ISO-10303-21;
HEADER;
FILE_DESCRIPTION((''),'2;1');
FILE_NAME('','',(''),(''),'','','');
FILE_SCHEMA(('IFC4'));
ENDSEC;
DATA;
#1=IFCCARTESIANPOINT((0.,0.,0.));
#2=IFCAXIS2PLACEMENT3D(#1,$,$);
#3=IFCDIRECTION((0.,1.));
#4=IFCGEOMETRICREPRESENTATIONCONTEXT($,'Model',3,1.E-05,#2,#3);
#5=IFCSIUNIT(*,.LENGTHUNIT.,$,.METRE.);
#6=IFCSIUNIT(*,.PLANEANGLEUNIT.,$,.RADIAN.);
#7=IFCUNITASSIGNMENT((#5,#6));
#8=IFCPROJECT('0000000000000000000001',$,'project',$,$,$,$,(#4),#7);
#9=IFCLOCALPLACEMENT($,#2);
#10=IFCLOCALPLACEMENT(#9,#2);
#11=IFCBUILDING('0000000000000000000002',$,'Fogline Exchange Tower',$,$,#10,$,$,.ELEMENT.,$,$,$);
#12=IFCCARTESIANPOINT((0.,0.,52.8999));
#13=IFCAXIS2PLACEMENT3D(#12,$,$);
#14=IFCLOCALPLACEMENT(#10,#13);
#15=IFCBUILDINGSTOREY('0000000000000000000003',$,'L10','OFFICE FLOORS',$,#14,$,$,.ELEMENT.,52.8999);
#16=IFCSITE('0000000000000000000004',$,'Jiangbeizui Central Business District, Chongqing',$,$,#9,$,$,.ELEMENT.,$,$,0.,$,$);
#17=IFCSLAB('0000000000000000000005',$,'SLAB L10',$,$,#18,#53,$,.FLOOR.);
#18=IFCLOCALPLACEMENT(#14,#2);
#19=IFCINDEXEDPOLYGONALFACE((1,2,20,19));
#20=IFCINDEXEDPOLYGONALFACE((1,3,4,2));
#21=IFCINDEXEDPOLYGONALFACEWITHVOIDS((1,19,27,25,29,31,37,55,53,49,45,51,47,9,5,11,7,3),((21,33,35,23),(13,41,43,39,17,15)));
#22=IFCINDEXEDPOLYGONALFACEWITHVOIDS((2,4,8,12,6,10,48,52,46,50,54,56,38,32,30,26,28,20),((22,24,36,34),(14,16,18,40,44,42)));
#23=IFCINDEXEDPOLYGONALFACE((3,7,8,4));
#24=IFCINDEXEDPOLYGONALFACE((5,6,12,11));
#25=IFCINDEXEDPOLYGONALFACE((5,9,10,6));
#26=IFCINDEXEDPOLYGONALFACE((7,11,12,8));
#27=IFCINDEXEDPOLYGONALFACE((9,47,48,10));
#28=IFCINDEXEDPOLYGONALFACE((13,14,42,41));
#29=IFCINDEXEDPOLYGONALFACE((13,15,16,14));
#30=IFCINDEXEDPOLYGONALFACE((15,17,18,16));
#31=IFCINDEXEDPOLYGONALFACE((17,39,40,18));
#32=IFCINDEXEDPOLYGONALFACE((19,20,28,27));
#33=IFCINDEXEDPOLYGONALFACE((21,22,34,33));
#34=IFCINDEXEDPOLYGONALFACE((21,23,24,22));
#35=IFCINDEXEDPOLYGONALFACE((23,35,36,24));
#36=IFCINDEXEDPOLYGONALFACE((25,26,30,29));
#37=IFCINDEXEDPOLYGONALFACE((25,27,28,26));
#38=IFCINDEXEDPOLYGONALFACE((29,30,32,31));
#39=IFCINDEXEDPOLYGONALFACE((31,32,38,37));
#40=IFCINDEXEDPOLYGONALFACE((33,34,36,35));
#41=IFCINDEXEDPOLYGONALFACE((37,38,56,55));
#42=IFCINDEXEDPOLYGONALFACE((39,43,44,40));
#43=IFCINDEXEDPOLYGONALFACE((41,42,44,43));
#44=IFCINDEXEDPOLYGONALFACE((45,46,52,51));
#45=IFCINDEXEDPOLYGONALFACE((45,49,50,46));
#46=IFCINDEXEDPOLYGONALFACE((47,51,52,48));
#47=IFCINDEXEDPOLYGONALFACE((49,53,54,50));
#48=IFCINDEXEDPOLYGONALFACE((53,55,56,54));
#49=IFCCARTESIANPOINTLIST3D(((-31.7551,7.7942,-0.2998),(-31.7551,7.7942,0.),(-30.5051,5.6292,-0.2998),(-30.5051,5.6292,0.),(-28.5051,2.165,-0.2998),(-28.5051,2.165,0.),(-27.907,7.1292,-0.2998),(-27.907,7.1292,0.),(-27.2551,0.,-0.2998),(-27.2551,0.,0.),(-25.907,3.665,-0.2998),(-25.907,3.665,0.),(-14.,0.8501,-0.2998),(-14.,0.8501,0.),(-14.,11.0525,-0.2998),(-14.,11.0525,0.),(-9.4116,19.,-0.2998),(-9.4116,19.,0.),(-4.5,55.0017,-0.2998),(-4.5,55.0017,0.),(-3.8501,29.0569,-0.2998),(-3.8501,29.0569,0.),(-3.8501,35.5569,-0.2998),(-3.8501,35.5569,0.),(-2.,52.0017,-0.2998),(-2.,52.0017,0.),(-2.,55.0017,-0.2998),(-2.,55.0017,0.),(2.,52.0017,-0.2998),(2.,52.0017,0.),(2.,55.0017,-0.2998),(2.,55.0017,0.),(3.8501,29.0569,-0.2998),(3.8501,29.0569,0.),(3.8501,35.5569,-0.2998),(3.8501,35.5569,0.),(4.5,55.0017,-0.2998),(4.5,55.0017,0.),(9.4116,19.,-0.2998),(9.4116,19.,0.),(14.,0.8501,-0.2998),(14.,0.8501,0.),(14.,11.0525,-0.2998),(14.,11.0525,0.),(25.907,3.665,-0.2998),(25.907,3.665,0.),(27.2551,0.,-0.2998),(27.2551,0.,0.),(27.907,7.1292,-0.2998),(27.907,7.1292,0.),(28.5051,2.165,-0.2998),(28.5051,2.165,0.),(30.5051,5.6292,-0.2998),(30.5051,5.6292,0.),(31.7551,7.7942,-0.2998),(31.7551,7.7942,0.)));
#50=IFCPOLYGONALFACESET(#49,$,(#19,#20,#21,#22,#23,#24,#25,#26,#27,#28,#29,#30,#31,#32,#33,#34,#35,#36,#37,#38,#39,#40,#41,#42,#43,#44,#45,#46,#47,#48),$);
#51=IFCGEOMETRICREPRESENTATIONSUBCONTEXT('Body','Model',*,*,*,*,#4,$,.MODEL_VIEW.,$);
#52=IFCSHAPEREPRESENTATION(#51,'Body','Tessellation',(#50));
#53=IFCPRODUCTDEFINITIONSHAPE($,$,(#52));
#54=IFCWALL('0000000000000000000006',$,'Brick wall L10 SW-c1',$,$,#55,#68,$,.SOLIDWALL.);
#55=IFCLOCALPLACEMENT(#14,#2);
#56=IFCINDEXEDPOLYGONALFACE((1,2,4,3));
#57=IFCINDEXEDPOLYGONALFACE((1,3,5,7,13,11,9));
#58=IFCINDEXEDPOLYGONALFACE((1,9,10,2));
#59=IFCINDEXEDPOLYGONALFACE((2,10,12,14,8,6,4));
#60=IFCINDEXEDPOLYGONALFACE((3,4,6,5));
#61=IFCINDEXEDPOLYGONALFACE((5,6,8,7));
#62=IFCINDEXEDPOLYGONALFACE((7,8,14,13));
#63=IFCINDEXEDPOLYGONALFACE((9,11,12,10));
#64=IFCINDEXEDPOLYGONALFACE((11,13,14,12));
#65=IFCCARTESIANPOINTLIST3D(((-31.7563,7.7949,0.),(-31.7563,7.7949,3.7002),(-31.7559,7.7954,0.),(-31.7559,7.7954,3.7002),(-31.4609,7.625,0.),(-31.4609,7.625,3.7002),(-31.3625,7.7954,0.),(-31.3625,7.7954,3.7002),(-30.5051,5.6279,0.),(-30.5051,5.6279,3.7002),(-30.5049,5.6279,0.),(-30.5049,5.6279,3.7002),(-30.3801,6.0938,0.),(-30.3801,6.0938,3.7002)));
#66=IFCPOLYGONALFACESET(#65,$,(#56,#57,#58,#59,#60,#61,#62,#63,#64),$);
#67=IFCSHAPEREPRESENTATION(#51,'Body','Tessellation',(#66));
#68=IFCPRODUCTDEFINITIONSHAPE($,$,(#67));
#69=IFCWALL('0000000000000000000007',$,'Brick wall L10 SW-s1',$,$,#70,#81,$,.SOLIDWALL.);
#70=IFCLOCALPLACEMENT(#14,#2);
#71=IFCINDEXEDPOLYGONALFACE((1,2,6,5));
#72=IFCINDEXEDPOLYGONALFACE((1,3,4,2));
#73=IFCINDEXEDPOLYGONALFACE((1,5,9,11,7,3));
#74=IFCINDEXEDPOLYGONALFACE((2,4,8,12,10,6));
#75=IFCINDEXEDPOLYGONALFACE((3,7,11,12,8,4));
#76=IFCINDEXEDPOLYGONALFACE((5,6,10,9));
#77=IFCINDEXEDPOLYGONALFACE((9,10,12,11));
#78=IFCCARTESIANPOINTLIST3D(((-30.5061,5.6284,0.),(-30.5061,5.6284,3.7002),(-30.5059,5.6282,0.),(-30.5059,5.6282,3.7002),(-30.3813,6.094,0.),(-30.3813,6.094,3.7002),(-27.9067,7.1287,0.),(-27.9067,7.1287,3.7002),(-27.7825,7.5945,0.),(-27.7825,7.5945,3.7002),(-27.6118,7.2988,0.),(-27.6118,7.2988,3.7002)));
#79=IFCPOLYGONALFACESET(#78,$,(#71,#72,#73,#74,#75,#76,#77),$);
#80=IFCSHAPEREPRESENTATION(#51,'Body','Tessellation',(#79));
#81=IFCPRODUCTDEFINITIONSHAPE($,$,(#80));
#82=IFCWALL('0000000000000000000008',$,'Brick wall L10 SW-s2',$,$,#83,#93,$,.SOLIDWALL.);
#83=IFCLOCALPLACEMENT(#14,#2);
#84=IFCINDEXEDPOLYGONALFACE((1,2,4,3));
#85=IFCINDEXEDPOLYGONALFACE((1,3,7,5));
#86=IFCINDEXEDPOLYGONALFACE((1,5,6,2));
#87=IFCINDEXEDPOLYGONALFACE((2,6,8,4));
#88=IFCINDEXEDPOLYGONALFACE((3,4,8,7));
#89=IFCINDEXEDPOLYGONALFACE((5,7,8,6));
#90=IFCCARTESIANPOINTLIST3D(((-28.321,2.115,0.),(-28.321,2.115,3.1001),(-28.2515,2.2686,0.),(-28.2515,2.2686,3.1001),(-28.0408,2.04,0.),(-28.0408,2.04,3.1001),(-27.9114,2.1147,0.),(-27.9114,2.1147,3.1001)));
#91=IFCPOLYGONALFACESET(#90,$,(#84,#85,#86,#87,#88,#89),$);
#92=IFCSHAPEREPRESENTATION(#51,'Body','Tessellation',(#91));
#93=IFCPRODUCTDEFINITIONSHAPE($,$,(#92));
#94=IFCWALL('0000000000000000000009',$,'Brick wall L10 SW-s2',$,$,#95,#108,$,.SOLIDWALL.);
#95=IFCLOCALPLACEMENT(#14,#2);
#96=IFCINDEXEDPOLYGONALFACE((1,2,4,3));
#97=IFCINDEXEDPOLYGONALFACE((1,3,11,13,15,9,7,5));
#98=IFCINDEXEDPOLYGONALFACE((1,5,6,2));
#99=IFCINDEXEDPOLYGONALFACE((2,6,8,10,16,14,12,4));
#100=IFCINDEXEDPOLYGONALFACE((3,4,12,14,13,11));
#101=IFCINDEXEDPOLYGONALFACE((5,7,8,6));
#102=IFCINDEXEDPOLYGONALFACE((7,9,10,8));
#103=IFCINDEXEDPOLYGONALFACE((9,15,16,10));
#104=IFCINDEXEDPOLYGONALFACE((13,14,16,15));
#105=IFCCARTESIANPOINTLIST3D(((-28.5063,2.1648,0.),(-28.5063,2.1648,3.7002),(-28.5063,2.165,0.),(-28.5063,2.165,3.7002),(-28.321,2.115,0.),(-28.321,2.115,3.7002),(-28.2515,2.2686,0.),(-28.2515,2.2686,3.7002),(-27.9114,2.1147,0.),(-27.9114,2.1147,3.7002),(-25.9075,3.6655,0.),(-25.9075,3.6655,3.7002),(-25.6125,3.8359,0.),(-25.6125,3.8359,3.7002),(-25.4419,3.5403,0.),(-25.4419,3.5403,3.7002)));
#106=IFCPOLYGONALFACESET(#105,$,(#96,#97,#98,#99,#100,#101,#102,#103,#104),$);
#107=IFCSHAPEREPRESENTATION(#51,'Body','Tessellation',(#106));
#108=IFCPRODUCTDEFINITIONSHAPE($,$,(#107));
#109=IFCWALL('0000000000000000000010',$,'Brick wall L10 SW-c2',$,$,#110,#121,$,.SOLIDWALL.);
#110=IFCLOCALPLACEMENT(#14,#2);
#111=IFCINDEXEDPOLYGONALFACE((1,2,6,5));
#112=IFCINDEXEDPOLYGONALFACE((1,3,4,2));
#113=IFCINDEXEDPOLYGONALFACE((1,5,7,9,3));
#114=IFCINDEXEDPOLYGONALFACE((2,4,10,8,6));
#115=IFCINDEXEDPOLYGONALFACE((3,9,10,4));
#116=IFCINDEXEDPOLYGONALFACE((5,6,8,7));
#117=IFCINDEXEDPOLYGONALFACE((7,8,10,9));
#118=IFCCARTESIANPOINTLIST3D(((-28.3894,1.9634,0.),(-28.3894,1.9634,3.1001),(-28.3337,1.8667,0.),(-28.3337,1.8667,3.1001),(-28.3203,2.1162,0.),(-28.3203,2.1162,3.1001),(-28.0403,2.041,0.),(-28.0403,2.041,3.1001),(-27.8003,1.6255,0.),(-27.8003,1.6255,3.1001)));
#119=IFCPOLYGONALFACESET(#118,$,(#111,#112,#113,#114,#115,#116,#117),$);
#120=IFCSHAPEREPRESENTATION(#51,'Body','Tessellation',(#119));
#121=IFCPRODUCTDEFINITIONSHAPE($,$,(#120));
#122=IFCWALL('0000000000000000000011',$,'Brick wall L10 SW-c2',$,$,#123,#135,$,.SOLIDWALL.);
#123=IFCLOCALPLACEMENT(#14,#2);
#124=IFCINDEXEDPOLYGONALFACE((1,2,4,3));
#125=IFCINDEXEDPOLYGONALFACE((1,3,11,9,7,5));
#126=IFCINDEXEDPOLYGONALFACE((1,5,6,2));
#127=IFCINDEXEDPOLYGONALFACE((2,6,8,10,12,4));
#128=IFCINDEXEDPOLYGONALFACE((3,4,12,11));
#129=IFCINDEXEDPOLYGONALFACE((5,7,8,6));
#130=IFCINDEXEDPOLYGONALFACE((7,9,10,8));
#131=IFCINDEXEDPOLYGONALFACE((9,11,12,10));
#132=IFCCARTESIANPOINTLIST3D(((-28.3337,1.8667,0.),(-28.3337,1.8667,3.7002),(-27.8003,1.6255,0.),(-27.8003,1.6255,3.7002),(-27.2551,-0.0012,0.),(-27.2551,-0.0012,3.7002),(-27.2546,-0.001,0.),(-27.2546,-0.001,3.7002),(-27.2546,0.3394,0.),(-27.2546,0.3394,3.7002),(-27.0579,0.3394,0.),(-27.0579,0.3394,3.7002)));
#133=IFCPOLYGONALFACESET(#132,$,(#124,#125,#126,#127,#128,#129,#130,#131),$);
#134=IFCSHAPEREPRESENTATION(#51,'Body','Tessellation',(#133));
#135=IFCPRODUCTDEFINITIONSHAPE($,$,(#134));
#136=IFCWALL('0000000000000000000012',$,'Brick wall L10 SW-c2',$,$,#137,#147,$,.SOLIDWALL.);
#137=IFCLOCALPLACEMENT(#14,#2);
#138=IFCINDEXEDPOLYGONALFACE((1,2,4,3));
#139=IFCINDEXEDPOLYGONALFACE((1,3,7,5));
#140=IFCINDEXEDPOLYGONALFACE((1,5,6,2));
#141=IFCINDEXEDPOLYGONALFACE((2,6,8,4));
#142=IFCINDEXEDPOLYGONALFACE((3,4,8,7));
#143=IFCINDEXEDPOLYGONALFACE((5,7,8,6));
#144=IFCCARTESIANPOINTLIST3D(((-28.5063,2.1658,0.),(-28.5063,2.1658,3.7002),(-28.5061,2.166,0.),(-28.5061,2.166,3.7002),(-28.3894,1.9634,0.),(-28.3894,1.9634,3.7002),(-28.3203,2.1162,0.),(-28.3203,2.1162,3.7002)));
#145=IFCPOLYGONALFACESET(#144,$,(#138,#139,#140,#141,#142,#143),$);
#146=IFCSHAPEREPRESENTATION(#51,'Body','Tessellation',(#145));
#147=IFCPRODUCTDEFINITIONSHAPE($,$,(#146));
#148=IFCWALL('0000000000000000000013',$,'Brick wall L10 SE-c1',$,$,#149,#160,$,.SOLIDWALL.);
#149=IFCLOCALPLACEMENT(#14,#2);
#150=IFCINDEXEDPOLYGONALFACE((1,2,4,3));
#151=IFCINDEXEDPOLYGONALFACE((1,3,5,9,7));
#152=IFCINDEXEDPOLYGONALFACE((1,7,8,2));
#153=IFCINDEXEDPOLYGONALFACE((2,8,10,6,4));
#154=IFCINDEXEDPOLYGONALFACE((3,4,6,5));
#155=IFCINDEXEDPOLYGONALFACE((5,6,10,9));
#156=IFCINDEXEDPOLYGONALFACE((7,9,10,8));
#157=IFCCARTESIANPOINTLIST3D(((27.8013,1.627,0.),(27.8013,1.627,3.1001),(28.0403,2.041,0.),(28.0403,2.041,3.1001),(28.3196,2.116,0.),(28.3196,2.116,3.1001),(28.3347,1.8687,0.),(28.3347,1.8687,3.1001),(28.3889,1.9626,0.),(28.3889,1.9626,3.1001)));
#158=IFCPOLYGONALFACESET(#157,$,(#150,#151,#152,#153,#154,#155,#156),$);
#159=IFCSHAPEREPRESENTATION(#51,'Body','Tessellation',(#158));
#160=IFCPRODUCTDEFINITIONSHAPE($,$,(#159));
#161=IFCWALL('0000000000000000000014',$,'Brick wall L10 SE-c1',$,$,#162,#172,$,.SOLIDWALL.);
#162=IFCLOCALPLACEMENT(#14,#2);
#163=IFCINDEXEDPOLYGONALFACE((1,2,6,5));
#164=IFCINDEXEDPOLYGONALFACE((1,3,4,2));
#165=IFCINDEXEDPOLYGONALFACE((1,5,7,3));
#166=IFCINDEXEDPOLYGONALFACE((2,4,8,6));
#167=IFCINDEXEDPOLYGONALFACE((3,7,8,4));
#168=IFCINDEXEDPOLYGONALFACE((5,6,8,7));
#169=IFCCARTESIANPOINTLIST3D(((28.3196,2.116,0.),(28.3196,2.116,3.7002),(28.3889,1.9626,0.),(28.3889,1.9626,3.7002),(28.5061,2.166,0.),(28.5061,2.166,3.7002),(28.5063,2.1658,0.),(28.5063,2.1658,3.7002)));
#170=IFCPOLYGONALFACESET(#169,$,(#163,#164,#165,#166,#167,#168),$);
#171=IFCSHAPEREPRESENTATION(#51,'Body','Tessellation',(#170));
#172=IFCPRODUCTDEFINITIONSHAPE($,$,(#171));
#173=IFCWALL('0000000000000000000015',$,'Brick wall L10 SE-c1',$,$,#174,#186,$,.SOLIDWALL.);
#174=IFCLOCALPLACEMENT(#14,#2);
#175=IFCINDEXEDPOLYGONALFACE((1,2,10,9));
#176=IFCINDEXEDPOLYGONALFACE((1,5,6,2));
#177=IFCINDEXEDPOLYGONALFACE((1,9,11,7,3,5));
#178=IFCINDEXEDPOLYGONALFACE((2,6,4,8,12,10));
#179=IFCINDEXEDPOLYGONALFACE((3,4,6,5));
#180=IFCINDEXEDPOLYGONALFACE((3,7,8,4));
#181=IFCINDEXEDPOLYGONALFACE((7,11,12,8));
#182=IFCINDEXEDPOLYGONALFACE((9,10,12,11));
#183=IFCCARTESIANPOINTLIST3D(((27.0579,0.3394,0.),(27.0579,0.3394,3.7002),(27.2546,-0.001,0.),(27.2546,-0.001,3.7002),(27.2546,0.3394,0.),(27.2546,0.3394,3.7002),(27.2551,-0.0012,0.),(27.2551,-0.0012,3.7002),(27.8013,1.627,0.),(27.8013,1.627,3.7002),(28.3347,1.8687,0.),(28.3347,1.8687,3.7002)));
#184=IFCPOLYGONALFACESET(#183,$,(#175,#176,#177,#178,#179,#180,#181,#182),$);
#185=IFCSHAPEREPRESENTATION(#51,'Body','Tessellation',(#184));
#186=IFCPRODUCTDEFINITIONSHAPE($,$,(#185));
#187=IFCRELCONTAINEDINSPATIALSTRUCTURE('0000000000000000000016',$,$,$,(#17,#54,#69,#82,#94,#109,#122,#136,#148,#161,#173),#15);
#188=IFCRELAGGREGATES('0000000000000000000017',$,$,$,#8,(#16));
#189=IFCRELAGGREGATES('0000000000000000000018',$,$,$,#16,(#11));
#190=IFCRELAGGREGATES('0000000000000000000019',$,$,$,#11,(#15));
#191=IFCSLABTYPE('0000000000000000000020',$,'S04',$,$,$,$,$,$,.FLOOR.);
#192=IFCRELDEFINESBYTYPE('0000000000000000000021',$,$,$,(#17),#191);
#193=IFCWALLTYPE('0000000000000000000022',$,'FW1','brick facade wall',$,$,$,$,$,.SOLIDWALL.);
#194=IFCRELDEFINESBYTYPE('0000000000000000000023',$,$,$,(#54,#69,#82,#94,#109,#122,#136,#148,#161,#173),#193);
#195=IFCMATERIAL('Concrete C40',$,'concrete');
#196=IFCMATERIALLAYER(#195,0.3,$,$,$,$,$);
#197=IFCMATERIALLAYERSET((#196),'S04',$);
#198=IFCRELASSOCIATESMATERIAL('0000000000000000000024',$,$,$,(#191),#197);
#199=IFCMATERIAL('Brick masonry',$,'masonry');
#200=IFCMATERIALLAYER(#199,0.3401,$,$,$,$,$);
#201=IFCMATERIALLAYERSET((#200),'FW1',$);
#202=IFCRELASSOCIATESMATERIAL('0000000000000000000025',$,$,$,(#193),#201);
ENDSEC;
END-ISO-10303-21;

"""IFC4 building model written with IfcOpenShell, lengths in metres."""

from ifc_helpers import new_model, si_unit, direction, frame, origin, place, context, subcontext, project, spatial, polyline, outline, extrude, material, layer, layer_set, type_object, element, save


model = new_model("IFC4")

# Units and contexts
model_context = context("Model", 3, precision=1e-05, world=origin(), true_north=direction((0.0, 1.0)))
body_context = subcontext(model_context, "Body", "Model", "MODEL_VIEW")
ifc_project = project(units=[si_unit("LENGTHUNIT", "METRE"), si_unit("PLANEANGLEUNIT", "RADIAN")], contexts=[model_context])

# Site, building, storey
site_placement = place(None, origin())
site = spatial("IfcSite", under=ifc_project, at=site_placement, Name="Jiangbeizui Central Business District, Chongqing", CompositionType="ELEMENT", RefElevation=0.0)
building_placement = place(site_placement, origin())
building = spatial("IfcBuilding", under=site, at=building_placement, Name="Fogline Exchange Tower", CompositionType="ELEMENT")
storey_placement = place(building_placement, frame((0.0, 0.0, 52.8999)))
storey = spatial("IfcBuildingStorey", under=building, at=storey_placement, Name="L10", Description="OFFICE FLOORS", CompositionType="ELEMENT", Elevation=52.8999)

# Slab
ifc_material_1 = material(Name="Concrete C40", Category="concrete")
ifc_layer_1 = layer(ifc_material_1, 0.3)
ifc_layer_set_1 = layer_set([ifc_layer_1], Name="S04")
slab_type = type_object("IfcSlabType", Name="S04", PredefinedType="FLOOR", material=ifc_layer_set_1)
slab_placement = place(storey_placement, frame((0.0, 0.0, -0.2998)))
element("IfcSlab", 1, at=slab_placement, inside=storey, type_object=slab_type, Name="SLAB L10", PredefinedType="FLOOR", context=body_context, shape_type="SweptSolid", body=[
    extrude(outline(polyline([(-2.0, 55.0017), (-4.5, 55.0017), (-31.7551, 7.7942), (-30.5051, 5.6292), (-27.907, 7.1292), (-25.907, 3.665), (-28.5051, 2.165), (-27.2551, 0.0), (27.2551, 0.0), (28.5051, 2.165), (25.907, 3.665), (27.907, 7.1292), (30.5051, 5.6292), (31.7551, 7.7942), (4.5, 55.0017), (2.0, 55.0017), (2.0, 52.0017), (-2.0, 52.0017), (-2.0, 55.0017)]), holes=[polyline([(14.0, 11.0525), (14.0, 0.8501), (-14.0, 0.8501), (-14.0, 11.0525), (-9.4116, 19.0), (9.4116, 19.0), (14.0, 11.0525)]), polyline([(3.8501, 35.5569), (3.8501, 29.0569), (-3.8501, 29.0569), (-3.8501, 35.5569), (3.8501, 35.5569)])]), origin(), (0.0, 0.0, 1.0), 0.2998),
])

# Walls
ifc_material_2 = material(Name="Brick masonry", Category="masonry")
ifc_layer_2 = layer(ifc_material_2, 0.3401)
ifc_layer_set_2 = layer_set([ifc_layer_2], Name="FW1")
wall_type = type_object("IfcWallType", Name="FW1", Description="brick facade wall", PredefinedType="SOLIDWALL", material=ifc_layer_set_2)
wall_1_placement = place(storey_placement, origin())
element("IfcWall", 2, at=wall_1_placement, inside=storey, type_object=wall_type, Name="Brick wall L10 SW-c1", PredefinedType="SOLIDWALL", context=body_context, shape_type="SweptSolid", body=[
    extrude(outline(polyline([(-30.5051, 5.6279), (-31.7563, 7.7949), (-31.7559, 7.7954), (-31.4609, 7.625), (-31.3625, 7.7954), (-30.3801, 6.0938), (-30.5049, 5.6279), (-30.5051, 5.6279)])), origin(), (0.0, 0.0, 1.0), 3.7002),
])
wall_2_placement = place(storey_placement, origin())
element("IfcWall", 3, at=wall_2_placement, inside=storey, type_object=wall_type, Name="Brick wall L10 SW-s1", PredefinedType="SOLIDWALL", context=body_context, shape_type="SweptSolid", body=[
    extrude(outline(polyline([(-27.7825, 7.5945), (-27.6118, 7.2988), (-27.9067, 7.1287), (-30.5059, 5.6282), (-30.5061, 5.6284), (-30.3813, 6.094), (-27.7825, 7.5945)])), origin(), (0.0, 0.0, 1.0), 3.7002),
])
wall_3_placement = place(storey_placement, origin())
element("IfcWall", 4, at=wall_3_placement, inside=storey, type_object=wall_type, Name="Brick wall L10 SW-s2", PredefinedType="SOLIDWALL", context=body_context, shape_type="SweptSolid", body=[
    extrude(outline(polyline([(-28.0408, 2.04), (-28.321, 2.115), (-28.2515, 2.2686), (-27.9114, 2.1147), (-28.0408, 2.04)])), origin(), (0.0, 0.0, 1.0), 3.1001),
])
wall_4_placement = place(storey_placement, origin())
element("IfcWall", 5, at=wall_4_placement, inside=storey, type_object=wall_type, Name="Brick wall L10 SW-s2", PredefinedType="SOLIDWALL", context=body_context, shape_type="SweptSolid", body=[
    extrude(outline(polyline([(-25.9075, 3.6655), (-25.6125, 3.8359), (-25.4419, 3.5403), (-27.9114, 2.1147), (-28.2515, 2.2686), (-28.321, 2.115), (-28.5063, 2.1648), (-28.5063, 2.165), (-25.9075, 3.6655)])), origin(), (0.0, 0.0, 1.0), 3.7002),
])
wall_5_placement = place(storey_placement, origin())
element("IfcWall", 6, at=wall_5_placement, inside=storey, type_object=wall_type, Name="Brick wall L10 SW-c2", PredefinedType="SOLIDWALL", context=body_context, shape_type="SweptSolid", body=[
    extrude(outline(polyline([(-28.3894, 1.9634), (-28.3203, 2.1162), (-28.0403, 2.041), (-27.8003, 1.6255), (-28.3337, 1.8667), (-28.3894, 1.9634)])), origin(), (0.0, 0.0, 1.0), 3.1001),
])
wall_6_placement = place(storey_placement, origin())
element("IfcWall", 7, at=wall_6_placement, inside=storey, type_object=wall_type, Name="Brick wall L10 SW-c2", PredefinedType="SOLIDWALL", context=body_context, shape_type="SweptSolid", body=[
    extrude(outline(polyline([(-27.2546, 0.3394), (-27.2546, -0.001), (-27.2551, -0.0012), (-28.3337, 1.8667), (-27.8003, 1.6255), (-27.0579, 0.3394), (-27.2546, 0.3394)])), origin(), (0.0, 0.0, 1.0), 3.7002),
])
wall_7_placement = place(storey_placement, origin())
element("IfcWall", 8, at=wall_7_placement, inside=storey, type_object=wall_type, Name="Brick wall L10 SW-c2", PredefinedType="SOLIDWALL", context=body_context, shape_type="SweptSolid", body=[
    extrude(outline(polyline([(-28.5063, 2.1658), (-28.5061, 2.166), (-28.3203, 2.1162), (-28.3894, 1.9634), (-28.5063, 2.1658)])), origin(), (0.0, 0.0, 1.0), 3.7002),
])
wall_8_placement = place(storey_placement, origin())
element("IfcWall", 9, at=wall_8_placement, inside=storey, type_object=wall_type, Name="Brick wall L10 SE-c1", PredefinedType="SOLIDWALL", context=body_context, shape_type="SweptSolid", body=[
    extrude(outline(polyline([(28.3347, 1.8687), (27.8013, 1.627), (28.0403, 2.041), (28.3196, 2.116), (28.3889, 1.9626), (28.3347, 1.8687)])), origin(), (0.0, 0.0, 1.0), 3.1001),
])
wall_9_placement = place(storey_placement, origin())
element("IfcWall", 10, at=wall_9_placement, inside=storey, type_object=wall_type, Name="Brick wall L10 SE-c1", PredefinedType="SOLIDWALL", context=body_context, shape_type="SweptSolid", body=[
    extrude(outline(polyline([(28.3889, 1.9626), (28.3196, 2.116), (28.5061, 2.166), (28.5063, 2.1658), (28.3889, 1.9626)])), origin(), (0.0, 0.0, 1.0), 3.7002),
])
wall_10_placement = place(storey_placement, origin())
element("IfcWall", 11, at=wall_10_placement, inside=storey, type_object=wall_type, Name="Brick wall L10 SE-c1", PredefinedType="SOLIDWALL", context=body_context, shape_type="SweptSolid", body=[
    extrude(outline(polyline([(27.2551, -0.0012), (27.2546, -0.001), (27.2546, 0.3394), (27.0579, 0.3394), (27.8013, 1.627), (28.3347, 1.8687), (27.2551, -0.0012)])), origin(), (0.0, 0.0, 1.0), 3.7002),
])

save(model, "model.ifc")
